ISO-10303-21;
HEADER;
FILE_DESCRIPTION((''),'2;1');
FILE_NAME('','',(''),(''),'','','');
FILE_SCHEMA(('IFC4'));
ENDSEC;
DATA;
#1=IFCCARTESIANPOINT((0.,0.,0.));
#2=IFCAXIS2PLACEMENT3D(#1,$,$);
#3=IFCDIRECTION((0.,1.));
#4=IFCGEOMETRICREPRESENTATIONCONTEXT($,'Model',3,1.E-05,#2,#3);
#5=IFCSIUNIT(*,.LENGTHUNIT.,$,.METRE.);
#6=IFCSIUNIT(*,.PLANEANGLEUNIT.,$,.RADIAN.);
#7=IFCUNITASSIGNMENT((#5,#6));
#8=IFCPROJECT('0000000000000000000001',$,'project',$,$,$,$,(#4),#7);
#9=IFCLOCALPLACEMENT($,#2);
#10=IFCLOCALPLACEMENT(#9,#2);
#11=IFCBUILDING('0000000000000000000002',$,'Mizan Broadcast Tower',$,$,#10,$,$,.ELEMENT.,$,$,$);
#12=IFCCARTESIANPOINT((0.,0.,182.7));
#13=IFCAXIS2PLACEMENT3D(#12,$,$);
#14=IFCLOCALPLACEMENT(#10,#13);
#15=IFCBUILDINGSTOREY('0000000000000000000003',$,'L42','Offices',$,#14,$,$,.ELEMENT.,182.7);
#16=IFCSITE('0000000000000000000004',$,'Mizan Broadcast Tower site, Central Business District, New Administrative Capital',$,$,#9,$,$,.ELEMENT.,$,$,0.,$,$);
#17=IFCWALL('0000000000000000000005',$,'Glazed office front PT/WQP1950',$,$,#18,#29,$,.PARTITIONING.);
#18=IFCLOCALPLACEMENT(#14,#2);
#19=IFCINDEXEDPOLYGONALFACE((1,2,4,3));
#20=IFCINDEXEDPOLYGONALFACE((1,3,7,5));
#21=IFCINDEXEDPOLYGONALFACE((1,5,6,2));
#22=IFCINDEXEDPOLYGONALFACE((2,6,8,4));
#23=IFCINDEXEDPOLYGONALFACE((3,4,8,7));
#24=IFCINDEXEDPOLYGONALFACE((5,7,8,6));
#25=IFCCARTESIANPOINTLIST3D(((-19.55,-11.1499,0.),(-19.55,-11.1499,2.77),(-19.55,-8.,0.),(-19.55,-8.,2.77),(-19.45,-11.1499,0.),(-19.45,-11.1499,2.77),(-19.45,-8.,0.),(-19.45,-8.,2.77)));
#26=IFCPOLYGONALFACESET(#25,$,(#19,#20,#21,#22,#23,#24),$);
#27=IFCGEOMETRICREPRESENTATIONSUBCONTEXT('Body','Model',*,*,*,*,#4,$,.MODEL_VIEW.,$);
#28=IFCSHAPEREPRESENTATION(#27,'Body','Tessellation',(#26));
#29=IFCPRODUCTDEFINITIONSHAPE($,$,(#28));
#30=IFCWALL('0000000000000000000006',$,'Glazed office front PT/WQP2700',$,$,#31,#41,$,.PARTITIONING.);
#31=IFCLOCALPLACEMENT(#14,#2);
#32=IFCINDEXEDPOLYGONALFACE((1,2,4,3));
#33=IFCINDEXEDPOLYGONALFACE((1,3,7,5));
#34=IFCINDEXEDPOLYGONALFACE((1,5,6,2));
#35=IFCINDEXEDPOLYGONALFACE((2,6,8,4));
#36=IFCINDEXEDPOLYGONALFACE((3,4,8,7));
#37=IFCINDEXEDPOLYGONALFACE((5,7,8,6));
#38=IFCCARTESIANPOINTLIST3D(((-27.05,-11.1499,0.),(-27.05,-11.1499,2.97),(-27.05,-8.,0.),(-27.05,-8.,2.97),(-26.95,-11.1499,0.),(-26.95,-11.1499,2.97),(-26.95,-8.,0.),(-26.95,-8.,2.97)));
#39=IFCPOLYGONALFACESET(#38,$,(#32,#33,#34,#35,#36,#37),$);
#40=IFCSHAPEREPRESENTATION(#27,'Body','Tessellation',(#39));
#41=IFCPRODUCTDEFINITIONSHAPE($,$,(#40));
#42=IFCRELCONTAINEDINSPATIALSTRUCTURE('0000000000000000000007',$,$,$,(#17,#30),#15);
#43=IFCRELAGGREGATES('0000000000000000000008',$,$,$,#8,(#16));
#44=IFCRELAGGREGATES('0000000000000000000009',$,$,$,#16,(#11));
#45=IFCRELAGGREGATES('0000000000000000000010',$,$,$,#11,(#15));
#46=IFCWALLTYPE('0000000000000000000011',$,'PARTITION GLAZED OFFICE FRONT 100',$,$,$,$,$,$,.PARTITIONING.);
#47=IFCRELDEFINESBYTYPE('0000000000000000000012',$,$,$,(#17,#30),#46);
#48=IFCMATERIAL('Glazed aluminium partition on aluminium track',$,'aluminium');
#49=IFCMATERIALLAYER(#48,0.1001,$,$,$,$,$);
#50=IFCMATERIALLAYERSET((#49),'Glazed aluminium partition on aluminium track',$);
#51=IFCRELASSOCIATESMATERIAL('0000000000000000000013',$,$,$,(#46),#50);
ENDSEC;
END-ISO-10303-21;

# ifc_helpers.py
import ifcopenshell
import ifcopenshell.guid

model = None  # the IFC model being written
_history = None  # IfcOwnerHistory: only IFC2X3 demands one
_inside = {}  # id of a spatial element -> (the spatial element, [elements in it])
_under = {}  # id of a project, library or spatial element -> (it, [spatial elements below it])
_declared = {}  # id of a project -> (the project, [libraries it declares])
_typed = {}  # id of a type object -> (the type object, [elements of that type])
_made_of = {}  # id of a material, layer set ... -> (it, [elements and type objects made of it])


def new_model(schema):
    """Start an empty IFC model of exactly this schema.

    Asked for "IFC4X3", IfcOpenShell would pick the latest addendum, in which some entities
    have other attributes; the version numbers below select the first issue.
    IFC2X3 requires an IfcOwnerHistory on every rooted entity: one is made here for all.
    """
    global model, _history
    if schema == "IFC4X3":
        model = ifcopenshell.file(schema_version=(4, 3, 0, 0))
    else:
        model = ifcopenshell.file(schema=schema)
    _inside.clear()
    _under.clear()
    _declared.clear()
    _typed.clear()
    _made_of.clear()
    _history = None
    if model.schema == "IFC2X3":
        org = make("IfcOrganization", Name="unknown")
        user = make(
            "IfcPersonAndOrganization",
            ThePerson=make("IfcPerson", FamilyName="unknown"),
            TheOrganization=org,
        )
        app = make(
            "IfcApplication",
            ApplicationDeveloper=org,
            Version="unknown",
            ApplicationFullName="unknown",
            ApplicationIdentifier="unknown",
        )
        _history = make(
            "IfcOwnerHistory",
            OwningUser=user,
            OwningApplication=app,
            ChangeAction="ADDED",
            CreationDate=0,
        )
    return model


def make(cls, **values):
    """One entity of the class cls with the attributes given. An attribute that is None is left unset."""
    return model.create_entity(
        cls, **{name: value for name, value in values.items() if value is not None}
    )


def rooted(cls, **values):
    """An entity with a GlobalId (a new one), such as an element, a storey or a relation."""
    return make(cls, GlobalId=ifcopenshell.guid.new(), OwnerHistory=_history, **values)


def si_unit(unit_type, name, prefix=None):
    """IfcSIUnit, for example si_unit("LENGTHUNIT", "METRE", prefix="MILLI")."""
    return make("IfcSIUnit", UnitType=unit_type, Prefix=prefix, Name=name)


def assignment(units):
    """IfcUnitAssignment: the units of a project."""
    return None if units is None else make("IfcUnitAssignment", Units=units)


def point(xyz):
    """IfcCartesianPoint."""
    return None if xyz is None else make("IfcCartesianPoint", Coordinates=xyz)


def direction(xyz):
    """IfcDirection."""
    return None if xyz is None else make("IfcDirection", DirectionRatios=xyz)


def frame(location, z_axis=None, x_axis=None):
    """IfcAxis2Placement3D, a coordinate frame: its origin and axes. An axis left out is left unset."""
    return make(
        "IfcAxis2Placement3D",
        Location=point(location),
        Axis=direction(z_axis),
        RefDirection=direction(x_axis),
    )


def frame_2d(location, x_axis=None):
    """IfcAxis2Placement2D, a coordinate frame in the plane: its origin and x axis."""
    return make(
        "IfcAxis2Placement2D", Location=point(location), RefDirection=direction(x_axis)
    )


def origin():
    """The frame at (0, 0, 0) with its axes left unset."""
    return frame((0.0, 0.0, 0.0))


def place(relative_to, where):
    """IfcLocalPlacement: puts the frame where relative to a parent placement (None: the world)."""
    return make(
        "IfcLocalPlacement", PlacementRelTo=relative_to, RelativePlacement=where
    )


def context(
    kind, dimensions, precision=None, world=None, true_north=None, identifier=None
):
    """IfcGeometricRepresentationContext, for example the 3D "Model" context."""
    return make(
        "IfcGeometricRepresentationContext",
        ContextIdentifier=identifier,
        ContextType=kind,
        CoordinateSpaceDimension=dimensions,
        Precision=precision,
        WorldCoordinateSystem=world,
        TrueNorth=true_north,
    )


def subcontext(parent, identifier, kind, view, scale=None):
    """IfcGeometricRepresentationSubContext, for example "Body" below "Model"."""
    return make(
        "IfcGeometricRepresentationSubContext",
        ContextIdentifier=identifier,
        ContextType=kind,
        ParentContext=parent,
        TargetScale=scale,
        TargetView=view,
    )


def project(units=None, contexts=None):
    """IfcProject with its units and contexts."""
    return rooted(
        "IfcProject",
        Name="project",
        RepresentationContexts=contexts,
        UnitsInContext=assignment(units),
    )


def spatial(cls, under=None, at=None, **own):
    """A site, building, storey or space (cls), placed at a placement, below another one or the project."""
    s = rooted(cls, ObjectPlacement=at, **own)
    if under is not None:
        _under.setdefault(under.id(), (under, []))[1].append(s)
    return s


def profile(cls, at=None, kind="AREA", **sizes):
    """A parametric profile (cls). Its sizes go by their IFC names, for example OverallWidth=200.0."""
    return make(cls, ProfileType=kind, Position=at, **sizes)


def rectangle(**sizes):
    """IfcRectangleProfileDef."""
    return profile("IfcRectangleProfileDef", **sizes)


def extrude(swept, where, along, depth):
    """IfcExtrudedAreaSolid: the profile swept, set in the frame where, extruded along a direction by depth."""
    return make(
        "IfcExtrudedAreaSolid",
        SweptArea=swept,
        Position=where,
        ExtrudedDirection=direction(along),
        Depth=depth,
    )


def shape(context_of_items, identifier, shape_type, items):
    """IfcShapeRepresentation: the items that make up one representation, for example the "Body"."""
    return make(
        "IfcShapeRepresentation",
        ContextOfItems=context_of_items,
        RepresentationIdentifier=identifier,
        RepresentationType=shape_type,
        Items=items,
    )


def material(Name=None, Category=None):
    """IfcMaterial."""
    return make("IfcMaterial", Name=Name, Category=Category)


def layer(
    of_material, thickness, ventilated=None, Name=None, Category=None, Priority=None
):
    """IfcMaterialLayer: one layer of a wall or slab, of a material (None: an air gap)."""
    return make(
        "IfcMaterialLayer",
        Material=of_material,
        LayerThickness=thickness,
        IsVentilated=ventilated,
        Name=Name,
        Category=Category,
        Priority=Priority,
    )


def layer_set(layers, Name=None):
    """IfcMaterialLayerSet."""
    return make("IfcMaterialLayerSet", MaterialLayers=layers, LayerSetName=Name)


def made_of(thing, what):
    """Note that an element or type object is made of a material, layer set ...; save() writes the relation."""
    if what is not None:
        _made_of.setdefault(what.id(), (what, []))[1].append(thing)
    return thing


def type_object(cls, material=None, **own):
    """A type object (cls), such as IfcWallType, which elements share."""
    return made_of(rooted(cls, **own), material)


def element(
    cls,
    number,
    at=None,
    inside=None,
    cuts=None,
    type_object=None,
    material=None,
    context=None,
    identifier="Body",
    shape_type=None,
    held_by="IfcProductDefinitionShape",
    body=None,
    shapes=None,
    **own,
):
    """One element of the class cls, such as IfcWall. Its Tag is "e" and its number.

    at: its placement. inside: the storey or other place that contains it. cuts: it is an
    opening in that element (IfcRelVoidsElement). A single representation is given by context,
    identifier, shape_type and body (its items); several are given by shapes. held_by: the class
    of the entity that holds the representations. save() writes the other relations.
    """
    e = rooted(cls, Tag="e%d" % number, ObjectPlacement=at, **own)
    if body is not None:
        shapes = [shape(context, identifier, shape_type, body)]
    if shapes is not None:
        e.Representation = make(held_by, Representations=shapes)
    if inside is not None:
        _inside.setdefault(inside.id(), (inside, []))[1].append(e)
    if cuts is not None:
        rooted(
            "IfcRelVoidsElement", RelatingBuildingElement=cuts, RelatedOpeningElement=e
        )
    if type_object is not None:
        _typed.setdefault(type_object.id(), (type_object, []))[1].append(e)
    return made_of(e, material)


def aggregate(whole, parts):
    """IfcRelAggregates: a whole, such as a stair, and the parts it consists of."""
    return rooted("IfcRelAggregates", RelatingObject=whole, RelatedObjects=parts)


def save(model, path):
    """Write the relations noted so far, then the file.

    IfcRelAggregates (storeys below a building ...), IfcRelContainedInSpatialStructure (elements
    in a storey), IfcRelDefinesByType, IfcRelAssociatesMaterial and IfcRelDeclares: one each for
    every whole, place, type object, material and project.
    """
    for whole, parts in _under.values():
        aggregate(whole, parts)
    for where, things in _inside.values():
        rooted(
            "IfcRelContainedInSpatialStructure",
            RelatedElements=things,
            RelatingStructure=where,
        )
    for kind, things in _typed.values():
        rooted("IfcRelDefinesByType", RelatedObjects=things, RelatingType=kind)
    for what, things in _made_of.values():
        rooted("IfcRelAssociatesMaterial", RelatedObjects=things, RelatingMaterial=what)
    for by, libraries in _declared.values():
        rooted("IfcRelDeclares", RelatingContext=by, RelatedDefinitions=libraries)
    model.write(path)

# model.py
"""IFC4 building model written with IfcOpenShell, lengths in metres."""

from ifc_helpers import new_model, si_unit, direction, frame, frame_2d, origin, place, context, subcontext, project, spatial, rectangle, extrude, material, layer, layer_set, type_object, element, save


model = new_model("IFC4")

# Units and contexts
model_context = context("Model", 3, precision=1e-05, world=origin(), true_north=direction((0.0, 1.0)))
body_context = subcontext(model_context, "Body", "Model", "MODEL_VIEW")
ifc_project = project(units=[si_unit("LENGTHUNIT", "METRE"), si_unit("PLANEANGLEUNIT", "RADIAN")], contexts=[model_context])

# Site, building, storey
site_placement = place(None, origin())
site = spatial("IfcSite", under=ifc_project, at=site_placement, Name="Mizan Broadcast Tower site, Central Business District, New Administrative Capital", CompositionType="ELEMENT", RefElevation=0.0)
building_placement = place(site_placement, origin())
building = spatial("IfcBuilding", under=site, at=building_placement, Name="Mizan Broadcast Tower", CompositionType="ELEMENT")
storey_placement = place(building_placement, frame((0.0, 0.0, 182.7)))
storey = spatial("IfcBuildingStorey", under=building, at=storey_placement, Name="L42", Description="Offices", CompositionType="ELEMENT", Elevation=182.7)

# Shared definitions
ifc_material_1 = material(Name="Glazed aluminium partition on aluminium track", Category="aluminium")
ifc_layer_1 = layer(ifc_material_1, 0.1001)
ifc_layer_set_1 = layer_set([ifc_layer_1], Name="Glazed aluminium partition on aluminium track")
wall_type_1 = type_object("IfcWallType", Name="PARTITION GLAZED OFFICE FRONT 100", PredefinedType="PARTITIONING", material=ifc_layer_set_1)

# Walls
wall_1_placement = place(storey_placement, frame((-19.5, -8.0, 0.0), z_axis=(0.0, 0.0, 1.0), x_axis=(0.0, -1.0, 0.0)))
element("IfcWall", 1, at=wall_1_placement, inside=storey, type_object=wall_type_1, Name="Glazed office front PT/WQP1950", PredefinedType="PARTITIONING", context=body_context, shape_type="SweptSolid", body=[
    extrude(rectangle(XDim=3.1499, YDim=0.1001, at=frame_2d((1.575, 0.0))), origin(), (0.0, 0.0, 1.0), 2.77),
])
wall_2_placement = place(storey_placement, frame((-27.0, -8.0, 0.0), z_axis=(0.0, 0.0, 1.0), x_axis=(0.0, -1.0, 0.0)))
element("IfcWall", 2, at=wall_2_placement, inside=storey, type_object=wall_type_1, Name="Glazed office front PT/WQP2700", PredefinedType="PARTITIONING", context=body_context, shape_type="SweptSolid", body=[
    extrude(rectangle(XDim=3.1499, YDim=0.1001, at=frame_2d((1.575, 0.0))), origin(), (0.0, 0.0, 1.0), 2.97),
])

save(model, "model.ifc")
